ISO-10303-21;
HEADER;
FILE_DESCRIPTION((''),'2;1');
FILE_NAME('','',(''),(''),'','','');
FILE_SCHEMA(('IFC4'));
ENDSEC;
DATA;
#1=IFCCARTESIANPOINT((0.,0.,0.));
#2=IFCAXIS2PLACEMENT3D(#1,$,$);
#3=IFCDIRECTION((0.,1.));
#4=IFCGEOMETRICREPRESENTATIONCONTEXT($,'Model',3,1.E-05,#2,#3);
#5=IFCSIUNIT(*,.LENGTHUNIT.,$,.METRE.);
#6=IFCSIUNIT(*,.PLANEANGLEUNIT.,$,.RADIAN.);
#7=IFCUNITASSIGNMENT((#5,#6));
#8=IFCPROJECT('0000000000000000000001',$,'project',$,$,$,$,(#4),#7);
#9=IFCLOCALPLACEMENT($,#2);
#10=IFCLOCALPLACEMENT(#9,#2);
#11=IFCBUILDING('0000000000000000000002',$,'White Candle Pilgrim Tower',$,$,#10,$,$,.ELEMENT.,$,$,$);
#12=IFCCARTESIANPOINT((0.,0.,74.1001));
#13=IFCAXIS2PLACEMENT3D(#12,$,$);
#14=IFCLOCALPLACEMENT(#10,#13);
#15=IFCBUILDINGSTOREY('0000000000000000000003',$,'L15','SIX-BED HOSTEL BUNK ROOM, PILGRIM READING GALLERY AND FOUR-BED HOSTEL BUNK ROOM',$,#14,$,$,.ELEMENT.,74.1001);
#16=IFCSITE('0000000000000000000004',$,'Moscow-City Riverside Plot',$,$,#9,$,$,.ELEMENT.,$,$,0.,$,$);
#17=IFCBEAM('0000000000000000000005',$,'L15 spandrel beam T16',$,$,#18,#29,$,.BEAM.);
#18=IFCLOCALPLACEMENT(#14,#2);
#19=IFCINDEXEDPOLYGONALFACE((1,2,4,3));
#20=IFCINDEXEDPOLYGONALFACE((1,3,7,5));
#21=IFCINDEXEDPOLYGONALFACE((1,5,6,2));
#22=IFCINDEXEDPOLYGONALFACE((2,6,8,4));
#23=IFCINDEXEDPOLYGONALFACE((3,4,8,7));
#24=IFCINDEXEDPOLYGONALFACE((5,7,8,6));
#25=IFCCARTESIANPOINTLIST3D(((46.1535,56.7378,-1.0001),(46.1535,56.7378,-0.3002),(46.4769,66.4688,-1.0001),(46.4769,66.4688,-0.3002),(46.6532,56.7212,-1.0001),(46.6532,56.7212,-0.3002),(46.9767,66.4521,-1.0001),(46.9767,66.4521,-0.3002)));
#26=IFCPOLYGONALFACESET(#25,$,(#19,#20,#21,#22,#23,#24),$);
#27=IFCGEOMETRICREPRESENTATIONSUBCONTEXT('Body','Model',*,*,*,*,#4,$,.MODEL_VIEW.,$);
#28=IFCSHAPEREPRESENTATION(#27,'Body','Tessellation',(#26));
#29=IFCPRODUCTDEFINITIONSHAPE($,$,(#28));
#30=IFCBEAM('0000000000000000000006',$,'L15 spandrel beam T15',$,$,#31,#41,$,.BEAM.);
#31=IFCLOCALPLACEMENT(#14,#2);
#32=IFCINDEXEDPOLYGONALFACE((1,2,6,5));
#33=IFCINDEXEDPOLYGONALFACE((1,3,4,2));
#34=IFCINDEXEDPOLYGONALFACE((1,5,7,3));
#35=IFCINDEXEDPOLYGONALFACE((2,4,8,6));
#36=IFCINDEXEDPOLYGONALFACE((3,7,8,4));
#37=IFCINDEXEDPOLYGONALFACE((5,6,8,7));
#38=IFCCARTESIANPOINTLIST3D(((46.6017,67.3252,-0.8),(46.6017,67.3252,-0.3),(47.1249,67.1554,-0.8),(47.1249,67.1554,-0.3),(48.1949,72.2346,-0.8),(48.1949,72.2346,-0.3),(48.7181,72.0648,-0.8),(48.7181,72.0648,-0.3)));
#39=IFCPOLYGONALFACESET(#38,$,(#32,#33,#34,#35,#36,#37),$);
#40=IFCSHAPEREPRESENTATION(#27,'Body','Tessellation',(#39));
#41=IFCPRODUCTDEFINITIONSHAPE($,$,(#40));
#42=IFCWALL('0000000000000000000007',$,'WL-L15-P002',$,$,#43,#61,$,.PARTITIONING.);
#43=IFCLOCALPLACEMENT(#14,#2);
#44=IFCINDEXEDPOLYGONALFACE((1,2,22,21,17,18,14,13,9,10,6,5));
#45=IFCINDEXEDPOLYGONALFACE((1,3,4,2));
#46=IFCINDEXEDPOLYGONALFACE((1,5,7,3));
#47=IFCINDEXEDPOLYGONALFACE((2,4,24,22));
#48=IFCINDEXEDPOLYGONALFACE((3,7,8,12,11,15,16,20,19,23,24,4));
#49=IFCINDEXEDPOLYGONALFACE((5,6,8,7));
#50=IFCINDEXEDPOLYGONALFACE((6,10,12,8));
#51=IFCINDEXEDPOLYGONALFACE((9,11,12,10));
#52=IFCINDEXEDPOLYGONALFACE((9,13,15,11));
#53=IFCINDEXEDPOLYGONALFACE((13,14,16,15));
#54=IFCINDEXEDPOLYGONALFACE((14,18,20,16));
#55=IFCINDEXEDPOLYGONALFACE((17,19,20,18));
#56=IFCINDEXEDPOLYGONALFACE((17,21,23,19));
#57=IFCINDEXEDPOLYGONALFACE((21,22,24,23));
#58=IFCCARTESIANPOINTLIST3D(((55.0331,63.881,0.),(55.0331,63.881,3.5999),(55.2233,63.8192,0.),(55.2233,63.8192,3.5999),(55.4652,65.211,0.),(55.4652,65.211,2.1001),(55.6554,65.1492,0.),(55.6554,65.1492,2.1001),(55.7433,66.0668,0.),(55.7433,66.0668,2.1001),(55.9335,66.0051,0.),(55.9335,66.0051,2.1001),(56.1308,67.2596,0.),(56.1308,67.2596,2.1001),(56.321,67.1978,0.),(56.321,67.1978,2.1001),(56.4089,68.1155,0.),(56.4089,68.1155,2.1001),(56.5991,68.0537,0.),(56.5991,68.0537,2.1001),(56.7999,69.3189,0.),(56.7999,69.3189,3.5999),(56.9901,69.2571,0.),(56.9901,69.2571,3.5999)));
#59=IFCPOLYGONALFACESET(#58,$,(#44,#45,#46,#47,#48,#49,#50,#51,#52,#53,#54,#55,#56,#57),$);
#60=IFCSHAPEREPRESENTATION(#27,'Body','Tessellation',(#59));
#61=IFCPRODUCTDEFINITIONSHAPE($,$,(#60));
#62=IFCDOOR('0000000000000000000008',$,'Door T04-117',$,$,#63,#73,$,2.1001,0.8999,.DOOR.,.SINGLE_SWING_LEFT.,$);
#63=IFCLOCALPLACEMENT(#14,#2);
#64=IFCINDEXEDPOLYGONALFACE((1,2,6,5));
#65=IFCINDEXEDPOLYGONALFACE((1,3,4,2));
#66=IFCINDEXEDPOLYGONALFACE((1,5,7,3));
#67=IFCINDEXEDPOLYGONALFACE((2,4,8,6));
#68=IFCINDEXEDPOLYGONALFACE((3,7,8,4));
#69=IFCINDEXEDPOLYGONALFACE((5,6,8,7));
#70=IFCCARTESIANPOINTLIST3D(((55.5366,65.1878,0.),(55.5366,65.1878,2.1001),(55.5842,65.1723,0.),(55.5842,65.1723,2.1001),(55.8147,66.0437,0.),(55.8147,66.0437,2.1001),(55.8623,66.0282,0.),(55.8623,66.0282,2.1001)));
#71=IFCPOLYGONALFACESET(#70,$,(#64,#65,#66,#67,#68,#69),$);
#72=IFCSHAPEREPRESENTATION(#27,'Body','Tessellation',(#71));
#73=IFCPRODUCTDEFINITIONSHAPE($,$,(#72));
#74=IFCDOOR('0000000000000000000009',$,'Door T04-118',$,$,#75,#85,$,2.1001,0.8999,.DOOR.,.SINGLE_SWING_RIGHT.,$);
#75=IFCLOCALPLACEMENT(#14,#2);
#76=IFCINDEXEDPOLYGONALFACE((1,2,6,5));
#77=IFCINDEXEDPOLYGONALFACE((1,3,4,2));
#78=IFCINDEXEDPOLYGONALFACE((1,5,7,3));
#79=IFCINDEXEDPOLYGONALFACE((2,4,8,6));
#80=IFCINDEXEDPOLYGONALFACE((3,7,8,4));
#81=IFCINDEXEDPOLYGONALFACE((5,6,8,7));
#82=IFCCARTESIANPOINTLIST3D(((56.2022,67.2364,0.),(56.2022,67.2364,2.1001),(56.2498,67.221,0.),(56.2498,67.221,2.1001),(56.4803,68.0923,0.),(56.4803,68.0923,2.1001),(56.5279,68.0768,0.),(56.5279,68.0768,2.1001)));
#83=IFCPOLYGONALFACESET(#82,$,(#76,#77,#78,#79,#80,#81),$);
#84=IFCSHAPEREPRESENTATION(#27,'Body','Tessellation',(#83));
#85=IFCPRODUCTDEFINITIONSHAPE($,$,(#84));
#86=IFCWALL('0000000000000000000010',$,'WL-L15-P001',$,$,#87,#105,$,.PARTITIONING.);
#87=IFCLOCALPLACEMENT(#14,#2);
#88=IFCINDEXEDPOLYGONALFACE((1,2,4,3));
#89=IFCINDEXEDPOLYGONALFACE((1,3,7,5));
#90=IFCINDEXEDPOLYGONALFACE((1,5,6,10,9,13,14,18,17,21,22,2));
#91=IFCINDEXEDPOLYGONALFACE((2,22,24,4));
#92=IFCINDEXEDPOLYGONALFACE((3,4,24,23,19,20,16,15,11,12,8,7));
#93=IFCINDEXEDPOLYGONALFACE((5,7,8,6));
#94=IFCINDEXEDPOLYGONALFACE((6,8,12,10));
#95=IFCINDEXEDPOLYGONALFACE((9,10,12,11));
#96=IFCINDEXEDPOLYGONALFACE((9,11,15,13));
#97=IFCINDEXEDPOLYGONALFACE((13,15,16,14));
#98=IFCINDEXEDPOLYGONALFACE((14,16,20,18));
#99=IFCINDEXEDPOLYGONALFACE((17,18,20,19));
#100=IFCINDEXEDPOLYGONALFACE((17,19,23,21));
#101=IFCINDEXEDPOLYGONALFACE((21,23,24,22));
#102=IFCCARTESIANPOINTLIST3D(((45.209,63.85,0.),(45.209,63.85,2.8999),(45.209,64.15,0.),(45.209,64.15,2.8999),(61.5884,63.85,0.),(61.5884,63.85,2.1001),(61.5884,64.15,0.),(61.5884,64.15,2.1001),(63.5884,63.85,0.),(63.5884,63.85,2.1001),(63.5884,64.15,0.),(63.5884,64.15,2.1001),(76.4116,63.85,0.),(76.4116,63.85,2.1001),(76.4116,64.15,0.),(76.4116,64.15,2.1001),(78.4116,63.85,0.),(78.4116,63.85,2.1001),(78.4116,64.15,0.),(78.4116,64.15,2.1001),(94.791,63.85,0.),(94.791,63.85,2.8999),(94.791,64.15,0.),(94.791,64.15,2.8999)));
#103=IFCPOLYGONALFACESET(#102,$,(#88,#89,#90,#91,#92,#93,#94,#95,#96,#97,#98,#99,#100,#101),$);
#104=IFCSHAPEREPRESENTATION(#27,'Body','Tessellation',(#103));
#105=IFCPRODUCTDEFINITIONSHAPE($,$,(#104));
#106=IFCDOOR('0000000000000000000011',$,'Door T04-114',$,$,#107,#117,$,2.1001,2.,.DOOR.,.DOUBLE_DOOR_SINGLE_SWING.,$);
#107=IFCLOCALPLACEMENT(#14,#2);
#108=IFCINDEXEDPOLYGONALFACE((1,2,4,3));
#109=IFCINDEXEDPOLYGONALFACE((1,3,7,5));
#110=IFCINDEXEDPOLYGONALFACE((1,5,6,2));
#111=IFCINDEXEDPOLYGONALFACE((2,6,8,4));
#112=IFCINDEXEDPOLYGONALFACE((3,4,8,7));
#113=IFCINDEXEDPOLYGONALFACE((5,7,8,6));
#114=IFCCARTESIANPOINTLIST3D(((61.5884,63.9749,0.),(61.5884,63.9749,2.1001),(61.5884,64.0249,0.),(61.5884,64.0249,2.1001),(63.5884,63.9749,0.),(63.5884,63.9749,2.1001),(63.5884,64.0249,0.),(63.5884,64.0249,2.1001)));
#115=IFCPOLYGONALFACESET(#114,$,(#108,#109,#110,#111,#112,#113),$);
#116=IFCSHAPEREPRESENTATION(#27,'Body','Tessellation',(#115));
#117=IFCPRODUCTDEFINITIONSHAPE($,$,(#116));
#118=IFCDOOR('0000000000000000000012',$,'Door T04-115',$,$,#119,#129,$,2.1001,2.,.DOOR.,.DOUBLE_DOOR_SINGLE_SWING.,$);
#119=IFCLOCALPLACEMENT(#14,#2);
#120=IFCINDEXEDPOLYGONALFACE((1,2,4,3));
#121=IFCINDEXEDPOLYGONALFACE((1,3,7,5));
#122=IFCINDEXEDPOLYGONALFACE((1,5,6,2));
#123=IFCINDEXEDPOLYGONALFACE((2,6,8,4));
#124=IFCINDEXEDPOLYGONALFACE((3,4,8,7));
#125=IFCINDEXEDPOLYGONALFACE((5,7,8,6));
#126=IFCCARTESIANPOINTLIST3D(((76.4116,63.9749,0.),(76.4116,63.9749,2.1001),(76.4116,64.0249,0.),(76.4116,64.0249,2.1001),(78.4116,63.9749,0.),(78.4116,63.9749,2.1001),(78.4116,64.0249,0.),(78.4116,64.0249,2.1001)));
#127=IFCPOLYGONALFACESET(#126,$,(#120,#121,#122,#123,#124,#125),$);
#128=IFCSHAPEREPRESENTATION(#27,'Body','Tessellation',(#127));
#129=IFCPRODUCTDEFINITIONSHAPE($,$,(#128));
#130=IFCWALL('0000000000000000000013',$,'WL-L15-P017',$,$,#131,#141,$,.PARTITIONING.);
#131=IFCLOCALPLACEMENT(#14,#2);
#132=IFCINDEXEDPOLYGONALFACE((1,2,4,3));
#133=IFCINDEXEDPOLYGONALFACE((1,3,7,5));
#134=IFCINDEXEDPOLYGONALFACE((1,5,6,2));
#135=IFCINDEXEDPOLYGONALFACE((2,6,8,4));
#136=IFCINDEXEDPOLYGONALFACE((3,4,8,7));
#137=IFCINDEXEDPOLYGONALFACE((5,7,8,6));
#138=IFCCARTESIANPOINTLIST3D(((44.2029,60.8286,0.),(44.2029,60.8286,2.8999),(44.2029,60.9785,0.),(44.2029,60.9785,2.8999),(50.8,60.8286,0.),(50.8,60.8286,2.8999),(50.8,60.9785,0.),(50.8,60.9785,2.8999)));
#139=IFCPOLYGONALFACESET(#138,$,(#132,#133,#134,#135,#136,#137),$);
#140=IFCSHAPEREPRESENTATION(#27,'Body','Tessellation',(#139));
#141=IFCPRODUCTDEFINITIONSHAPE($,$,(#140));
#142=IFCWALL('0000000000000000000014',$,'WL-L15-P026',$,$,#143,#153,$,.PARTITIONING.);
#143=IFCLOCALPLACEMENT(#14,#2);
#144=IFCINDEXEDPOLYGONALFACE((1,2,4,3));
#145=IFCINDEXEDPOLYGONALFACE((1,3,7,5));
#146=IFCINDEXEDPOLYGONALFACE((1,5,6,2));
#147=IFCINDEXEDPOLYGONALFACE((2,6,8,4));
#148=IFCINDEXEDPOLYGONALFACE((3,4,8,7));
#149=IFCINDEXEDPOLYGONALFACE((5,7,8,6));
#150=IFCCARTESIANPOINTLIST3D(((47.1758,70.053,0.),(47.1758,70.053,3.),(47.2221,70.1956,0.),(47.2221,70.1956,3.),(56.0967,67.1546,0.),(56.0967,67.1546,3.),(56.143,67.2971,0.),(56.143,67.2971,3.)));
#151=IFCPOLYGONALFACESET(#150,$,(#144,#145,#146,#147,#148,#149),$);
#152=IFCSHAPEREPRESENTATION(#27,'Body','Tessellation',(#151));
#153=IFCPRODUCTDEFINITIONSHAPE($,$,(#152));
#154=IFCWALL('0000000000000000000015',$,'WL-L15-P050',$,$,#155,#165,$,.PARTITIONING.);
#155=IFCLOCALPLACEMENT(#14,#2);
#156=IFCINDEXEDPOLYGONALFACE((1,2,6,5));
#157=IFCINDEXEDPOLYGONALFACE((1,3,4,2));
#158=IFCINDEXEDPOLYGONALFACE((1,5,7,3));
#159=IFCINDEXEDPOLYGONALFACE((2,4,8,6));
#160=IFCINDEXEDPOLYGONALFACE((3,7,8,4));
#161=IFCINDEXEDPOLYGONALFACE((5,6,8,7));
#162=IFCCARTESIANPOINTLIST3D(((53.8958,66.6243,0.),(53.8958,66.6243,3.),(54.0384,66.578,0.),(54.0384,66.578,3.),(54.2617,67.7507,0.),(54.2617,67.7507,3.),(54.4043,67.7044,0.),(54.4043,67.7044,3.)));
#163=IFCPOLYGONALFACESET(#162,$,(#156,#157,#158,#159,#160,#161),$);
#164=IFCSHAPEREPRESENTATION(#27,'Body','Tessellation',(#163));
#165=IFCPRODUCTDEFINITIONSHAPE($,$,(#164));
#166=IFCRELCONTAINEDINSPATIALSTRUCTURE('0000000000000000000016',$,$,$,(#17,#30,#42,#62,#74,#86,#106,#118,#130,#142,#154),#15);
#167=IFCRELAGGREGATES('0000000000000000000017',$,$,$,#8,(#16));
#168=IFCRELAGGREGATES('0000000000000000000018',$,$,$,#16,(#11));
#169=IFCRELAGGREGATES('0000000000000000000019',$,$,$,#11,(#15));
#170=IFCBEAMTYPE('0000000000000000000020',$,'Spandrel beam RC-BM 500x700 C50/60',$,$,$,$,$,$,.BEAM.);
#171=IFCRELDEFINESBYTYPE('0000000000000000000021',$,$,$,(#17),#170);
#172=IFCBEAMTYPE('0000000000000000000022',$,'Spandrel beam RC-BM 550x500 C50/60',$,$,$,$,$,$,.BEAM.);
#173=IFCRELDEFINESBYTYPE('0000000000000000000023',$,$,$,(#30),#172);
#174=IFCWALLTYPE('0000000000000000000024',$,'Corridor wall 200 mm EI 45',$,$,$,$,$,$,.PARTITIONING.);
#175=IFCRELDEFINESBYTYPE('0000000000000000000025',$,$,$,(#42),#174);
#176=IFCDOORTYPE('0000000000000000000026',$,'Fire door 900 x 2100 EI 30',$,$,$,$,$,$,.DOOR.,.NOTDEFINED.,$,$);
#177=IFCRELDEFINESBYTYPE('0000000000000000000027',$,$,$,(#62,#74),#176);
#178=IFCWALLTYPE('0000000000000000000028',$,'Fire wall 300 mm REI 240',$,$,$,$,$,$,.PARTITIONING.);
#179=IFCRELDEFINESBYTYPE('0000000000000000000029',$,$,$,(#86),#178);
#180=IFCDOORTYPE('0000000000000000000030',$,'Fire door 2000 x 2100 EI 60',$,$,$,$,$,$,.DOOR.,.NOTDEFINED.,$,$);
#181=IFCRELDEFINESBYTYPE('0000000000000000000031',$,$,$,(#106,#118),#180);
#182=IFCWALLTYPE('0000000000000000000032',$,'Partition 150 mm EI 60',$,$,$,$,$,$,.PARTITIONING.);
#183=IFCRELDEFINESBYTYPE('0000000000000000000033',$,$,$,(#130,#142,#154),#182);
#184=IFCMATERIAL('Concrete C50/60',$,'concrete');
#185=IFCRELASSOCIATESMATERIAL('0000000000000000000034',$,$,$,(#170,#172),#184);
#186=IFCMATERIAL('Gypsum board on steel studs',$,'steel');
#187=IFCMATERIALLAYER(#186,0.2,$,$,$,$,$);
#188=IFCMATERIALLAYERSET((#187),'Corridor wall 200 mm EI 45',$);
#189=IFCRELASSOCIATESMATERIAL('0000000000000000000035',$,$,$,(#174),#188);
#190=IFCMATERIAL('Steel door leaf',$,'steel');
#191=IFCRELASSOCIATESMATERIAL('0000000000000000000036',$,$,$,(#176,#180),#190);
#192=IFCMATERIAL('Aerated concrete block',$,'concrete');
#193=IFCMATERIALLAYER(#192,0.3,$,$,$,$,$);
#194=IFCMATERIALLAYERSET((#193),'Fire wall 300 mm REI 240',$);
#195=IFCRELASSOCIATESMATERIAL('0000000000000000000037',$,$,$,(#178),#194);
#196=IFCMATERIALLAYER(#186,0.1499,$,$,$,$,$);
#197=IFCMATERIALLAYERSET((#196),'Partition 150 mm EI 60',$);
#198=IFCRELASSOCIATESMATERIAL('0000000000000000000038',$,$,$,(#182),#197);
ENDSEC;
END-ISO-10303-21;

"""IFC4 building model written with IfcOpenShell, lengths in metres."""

from ifc_helpers import new_model, si_unit, direction, frame, frame_2d, origin, origin_2d, place, context, subcontext, project, spatial, rectangle, extrude, material, layer, layer_set, material_profile, profile_set, type_object, element, fill, save


model = new_model("IFC4")

# Units and contexts
model_context = context("Model", 3, precision=1e-05, world=origin(), true_north=direction((0.0, 1.0)))
body_context = subcontext(model_context, "Body", "Model", "MODEL_VIEW")
ifc_project = project(units=[si_unit("LENGTHUNIT", "METRE"), si_unit("PLANEANGLEUNIT", "RADIAN")], contexts=[model_context])

# Site, building, storey
site_placement = place(None, origin())
site = spatial("IfcSite", under=ifc_project, at=site_placement, Name="Moscow-City Riverside Plot", CompositionType="ELEMENT", RefElevation=0.0)
building_placement = place(site_placement, origin())
building = spatial("IfcBuilding", under=site, at=building_placement, Name="White Candle Pilgrim Tower", CompositionType="ELEMENT")
storey_placement = place(building_placement, frame((0.0, 0.0, 74.1001)))
storey = spatial("IfcBuildingStorey", under=building, at=storey_placement, Name="L15", Description="SIX-BED HOSTEL BUNK ROOM, PILGRIM READING GALLERY AND FOUR-BED HOSTEL BUNK ROOM", CompositionType="ELEMENT", Elevation=74.1001)

# Beams
ifc_material_1 = material(Name="Concrete C50/60", Category="concrete")
ifc_material_profile_1 = material_profile(ifc_material_1, rectangle(XDim=0.5, YDim=0.7, at=origin_2d()), Name="RC-BM 500x700")
ifc_profile_set_1 = profile_set([ifc_material_profile_1], Name="Concrete C50/60")
beam_type_1 = type_object("IfcBeamType", Name="Spandrel beam RC-BM 500x700 C50/60", PredefinedType="BEAM", material=ifc_profile_set_1)
beam_1_placement = place(storey_placement, frame((46.7268, 66.4604, -0.6501), z_axis=(-0.033225, -0.999448, 0.0), x_axis=(0.999448, -0.033225, 0.0)))
element("IfcBeam", 1, at=beam_1_placement, inside=storey, type_object=beam_type_1, Name="L15 spandrel beam T16", PredefinedType="BEAM", context=body_context, shape_type="SweptSolid", body=[
    extrude(rectangle(XDim=0.5, YDim=0.7, at=origin_2d()), origin(), (0.0, 0.0, 1.0), 9.7363),
])
ifc_material_profile_2 = material_profile(ifc_material_1, rectangle(XDim=0.55, YDim=0.5, at=origin_2d()), Name="RC-BM 550x500")
ifc_profile_set_2 = profile_set([ifc_material_profile_2], Name="Concrete C50/60")
beam_type_2 = type_object("IfcBeamType", Name="Spandrel beam RC-BM 550x500 C50/60", PredefinedType="BEAM", material=ifc_profile_set_2)
beam_2_placement = place(storey_placement, frame((48.4565, 72.1497, -0.55), z_axis=(-0.308683, -0.951165, 0.0), x_axis=(0.951165, -0.308683, 0.0)))
element("IfcBeam", 2, at=beam_2_placement, inside=storey, type_object=beam_type_2, Name="L15 spandrel beam T15", PredefinedType="BEAM", context=body_context, shape_type="SweptSolid", body=[
    extrude(rectangle(XDim=0.55, YDim=0.5, at=origin_2d()), origin(), (0.0, 0.0, 1.0), 5.1614),
])

# Walls, openings, doors
ifc_material_2 = material(Name="Gypsum board on steel studs", Category="steel")
ifc_layer_1 = layer(ifc_material_2, 0.2)
ifc_layer_set_1 = layer_set([ifc_layer_1], Name="Corridor wall 200 mm EI 45")
wall_type_1 = type_object("IfcWallType", Name="Corridor wall 200 mm EI 45", PredefinedType="PARTITIONING", material=ifc_layer_set_1)
wall_1_placement = place(storey_placement, frame((55.1282, 63.8501, 0.0), z_axis=(0.0, 0.0, 1.0), x_axis=(0.309007, 0.95106, 0.0)))
wall_1 = element("IfcWall", 3, at=wall_1_placement, inside=storey, type_object=wall_type_1, Name="WL-L15-P002", PredefinedType="PARTITIONING", context=body_context, shape_type="SweptSolid", body=[
    extrude(rectangle(XDim=5.7178, YDim=0.2, at=frame_2d((2.8589, 0.0))), origin(), (0.0, 0.0, 1.0), 3.5999),
])
opening_1_placement = place(wall_1_placement, frame((1.3984, 0.0, 0.0)))
opening_1 = element("IfcOpeningElement", 4, at=opening_1_placement, cuts=wall_1, PredefinedType="OPENING", context=body_context, shape_type="SweptSolid", body=[
    extrude(rectangle(XDim=0.8999, YDim=2.1001, at=frame_2d((0.45, 1.05))), frame((0.0, 0.1099, 0.0), z_axis=(0.0, -1.0, 0.0), x_axis=(1.0, 0.0, 0.0)), (0.0, 0.0, 1.0), 0.22),
])
opening_2_placement = place(wall_1_placement, frame((3.5525, 0.0, 0.0)))
opening_2 = element("IfcOpeningElement", 5, at=opening_2_placement, cuts=wall_1, PredefinedType="OPENING", context=body_context, shape_type="SweptSolid", body=[
    extrude(rectangle(XDim=0.8999, YDim=2.1001, at=frame_2d((0.45, 1.05))), frame((0.0, 0.1099, 0.0), z_axis=(0.0, -1.0, 0.0), x_axis=(1.0, 0.0, 0.0)), (0.0, 0.0, 1.0), 0.22),
])
ifc_material_3 = material(Name="Steel door leaf", Category="steel")
door_type_1 = type_object("IfcDoorType", Name="Fire door 900 x 2100 EI 30", OperationType="NOTDEFINED", PredefinedType="DOOR", material=ifc_material_3)
door_1_placement = place(opening_1_placement, origin())
door_1 = element("IfcDoor", 6, at=door_1_placement, inside=storey, type_object=door_type_1, Name="Door T04-117", OperationType="SINGLE_SWING_LEFT", OverallHeight=2.1001, OverallWidth=0.8999, PredefinedType="DOOR", context=body_context, shape_type="SweptSolid", body=[
    extrude(rectangle(XDim=0.8999, YDim=2.1001, at=frame_2d((0.45, 1.05))), frame((0.0, 0.0249, 0.0), z_axis=(0.0, -1.0, 0.0), x_axis=(1.0, 0.0, 0.0)), (0.0, 0.0, 1.0), 0.05),
])
fill(opening_1, door_1)
door_2_placement = place(opening_2_placement, origin())
door_2 = element("IfcDoor", 7, at=door_2_placement, inside=storey, type_object=door_type_1, Name="Door T04-118", OperationType="SINGLE_SWING_RIGHT", OverallHeight=2.1001, OverallWidth=0.8999, PredefinedType="DOOR", context=body_context, shape_type="SweptSolid", body=[
    extrude(rectangle(XDim=0.8999, YDim=2.1001, at=frame_2d((0.45, 1.05))), frame((0.0, 0.0249, 0.0), z_axis=(0.0, -1.0, 0.0), x_axis=(1.0, 0.0, 0.0)), (0.0, 0.0, 1.0), 0.05),
])
fill(opening_2, door_2)
ifc_material_4 = material(Name="Aerated concrete block", Category="concrete")
ifc_layer_2 = layer(ifc_material_4, 0.3)
ifc_layer_set_2 = layer_set([ifc_layer_2], Name="Fire wall 300 mm REI 240")
wall_type_2 = type_object("IfcWallType", Name="Fire wall 300 mm REI 240", PredefinedType="PARTITIONING", material=ifc_layer_set_2)
wall_2_placement = place(storey_placement, frame((45.209, 64.0, 0.0), z_axis=(0.0, 0.0, 1.0), x_axis=(1.0, 0.0, 0.0)))
wall_2 = element("IfcWall", 8, at=wall_2_placement, inside=storey, type_object=wall_type_2, Name="WL-L15-P001", PredefinedType="PARTITIONING", context=body_context, shape_type="SweptSolid", body=[
    extrude(rectangle(XDim=49.582, YDim=0.3, at=frame_2d((24.791, 0.0))), origin(), (0.0, 0.0, 1.0), 2.8999),
])
opening_3_placement = place(wall_2_placement, frame((16.3794, 0.0, 0.0)))
opening_3 = element("IfcOpeningElement", 9, at=opening_3_placement, cuts=wall_2, PredefinedType="OPENING", context=body_context, shape_type="SweptSolid", body=[
    extrude(rectangle(XDim=2.0, YDim=2.1001, at=frame_2d((1.0, 1.05))), frame((0.0, 0.1599, 0.0), z_axis=(0.0, -1.0, 0.0), x_axis=(1.0, 0.0, 0.0)), (0.0, 0.0, 1.0), 0.3201),
])
opening_4_placement = place(wall_2_placement, frame((31.2026, 0.0, 0.0)))
opening_4 = element("IfcOpeningElement", 10, at=opening_4_placement, cuts=wall_2, PredefinedType="OPENING", context=body_context, shape_type="SweptSolid", body=[
    extrude(rectangle(XDim=2.0, YDim=2.1001, at=frame_2d((1.0, 1.05))), frame((0.0, 0.1599, 0.0), z_axis=(0.0, -1.0, 0.0), x_axis=(1.0, 0.0, 0.0)), (0.0, 0.0, 1.0), 0.3201),
])
door_type_2 = type_object("IfcDoorType", Name="Fire door 2000 x 2100 EI 60", OperationType="NOTDEFINED", PredefinedType="DOOR", material=ifc_material_3)
door_3_placement = place(opening_3_placement, origin())
door_3 = element("IfcDoor", 11, at=door_3_placement, inside=storey, type_object=door_type_2, Name="Door T04-114", OperationType="DOUBLE_DOOR_SINGLE_SWING", OverallHeight=2.1001, OverallWidth=2.0, PredefinedType="DOOR", context=body_context, shape_type="SweptSolid", body=[
    extrude(rectangle(XDim=2.0, YDim=2.1001, at=frame_2d((1.0, 1.05))), frame((0.0, 0.0249, 0.0), z_axis=(0.0, -1.0, 0.0), x_axis=(1.0, 0.0, 0.0)), (0.0, 0.0, 1.0), 0.05),
])
fill(opening_3, door_3)
door_4_placement = place(opening_4_placement, origin())
door_4 = element("IfcDoor", 12, at=door_4_placement, inside=storey, type_object=door_type_2, Name="Door T04-115", OperationType="DOUBLE_DOOR_SINGLE_SWING", OverallHeight=2.1001, OverallWidth=2.0, PredefinedType="DOOR", context=body_context, shape_type="SweptSolid", body=[
    extrude(rectangle(XDim=2.0, YDim=2.1001, at=frame_2d((1.0, 1.05))), frame((0.0, 0.0249, 0.0), z_axis=(0.0, -1.0, 0.0), x_axis=(1.0, 0.0, 0.0)), (0.0, 0.0, 1.0), 0.05),
])
fill(opening_4, door_4)

# Walls
ifc_layer_3 = layer(ifc_material_2, 0.1499)
ifc_layer_set_3 = layer_set([ifc_layer_3], Name="Partition 150 mm EI 60")
wall_type_3 = type_object("IfcWallType", Name="Partition 150 mm EI 60", PredefinedType="PARTITIONING", material=ifc_layer_set_3)
wall_3_placement = place(storey_placement, frame((44.2029, 60.9036, 0.0), z_axis=(0.0, 0.0, 1.0), x_axis=(1.0, 0.0, 0.0)))
element("IfcWall", 13, at=wall_3_placement, inside=storey, type_object=wall_type_3, Name="WL-L15-P017", PredefinedType="PARTITIONING", context=body_context, shape_type="SweptSolid", body=[
    extrude(rectangle(XDim=6.5972, YDim=0.1499, at=frame_2d((3.2986, 0.0))), origin(), (0.0, 0.0, 1.0), 2.8999),
])
wall_4_placement = place(storey_placement, frame((47.199, 70.1243, 0.0), z_axis=(0.0, 0.0, 1.0), x_axis=(0.951061, -0.309004, 0.0)))
element("IfcWall", 14, at=wall_4_placement, inside=storey, type_object=wall_type_3, Name="WL-L15-P026", PredefinedType="PARTITIONING", context=body_context, shape_type="SweptSolid", body=[
    extrude(rectangle(XDim=9.3799, YDim=0.1499, at=frame_2d((4.6899, 0.0))), origin(), (0.0, 0.0, 1.0), 3.0),
])
wall_5_placement = place(storey_placement, frame((53.967, 66.6011, 0.0), z_axis=(0.0, 0.0, 1.0), x_axis=(0.308984, 0.951067, 0.0)))
element("IfcWall", 15, at=wall_5_placement, inside=storey, type_object=wall_type_3, Name="WL-L15-P050", PredefinedType="PARTITIONING", context=body_context, shape_type="SweptSolid", body=[
    extrude(rectangle(XDim=1.1843, YDim=0.1499, at=frame_2d((0.5923, 0.0))), origin(), (0.0, 0.0, 1.0), 3.0),
])

save(model, "model.ifc")
